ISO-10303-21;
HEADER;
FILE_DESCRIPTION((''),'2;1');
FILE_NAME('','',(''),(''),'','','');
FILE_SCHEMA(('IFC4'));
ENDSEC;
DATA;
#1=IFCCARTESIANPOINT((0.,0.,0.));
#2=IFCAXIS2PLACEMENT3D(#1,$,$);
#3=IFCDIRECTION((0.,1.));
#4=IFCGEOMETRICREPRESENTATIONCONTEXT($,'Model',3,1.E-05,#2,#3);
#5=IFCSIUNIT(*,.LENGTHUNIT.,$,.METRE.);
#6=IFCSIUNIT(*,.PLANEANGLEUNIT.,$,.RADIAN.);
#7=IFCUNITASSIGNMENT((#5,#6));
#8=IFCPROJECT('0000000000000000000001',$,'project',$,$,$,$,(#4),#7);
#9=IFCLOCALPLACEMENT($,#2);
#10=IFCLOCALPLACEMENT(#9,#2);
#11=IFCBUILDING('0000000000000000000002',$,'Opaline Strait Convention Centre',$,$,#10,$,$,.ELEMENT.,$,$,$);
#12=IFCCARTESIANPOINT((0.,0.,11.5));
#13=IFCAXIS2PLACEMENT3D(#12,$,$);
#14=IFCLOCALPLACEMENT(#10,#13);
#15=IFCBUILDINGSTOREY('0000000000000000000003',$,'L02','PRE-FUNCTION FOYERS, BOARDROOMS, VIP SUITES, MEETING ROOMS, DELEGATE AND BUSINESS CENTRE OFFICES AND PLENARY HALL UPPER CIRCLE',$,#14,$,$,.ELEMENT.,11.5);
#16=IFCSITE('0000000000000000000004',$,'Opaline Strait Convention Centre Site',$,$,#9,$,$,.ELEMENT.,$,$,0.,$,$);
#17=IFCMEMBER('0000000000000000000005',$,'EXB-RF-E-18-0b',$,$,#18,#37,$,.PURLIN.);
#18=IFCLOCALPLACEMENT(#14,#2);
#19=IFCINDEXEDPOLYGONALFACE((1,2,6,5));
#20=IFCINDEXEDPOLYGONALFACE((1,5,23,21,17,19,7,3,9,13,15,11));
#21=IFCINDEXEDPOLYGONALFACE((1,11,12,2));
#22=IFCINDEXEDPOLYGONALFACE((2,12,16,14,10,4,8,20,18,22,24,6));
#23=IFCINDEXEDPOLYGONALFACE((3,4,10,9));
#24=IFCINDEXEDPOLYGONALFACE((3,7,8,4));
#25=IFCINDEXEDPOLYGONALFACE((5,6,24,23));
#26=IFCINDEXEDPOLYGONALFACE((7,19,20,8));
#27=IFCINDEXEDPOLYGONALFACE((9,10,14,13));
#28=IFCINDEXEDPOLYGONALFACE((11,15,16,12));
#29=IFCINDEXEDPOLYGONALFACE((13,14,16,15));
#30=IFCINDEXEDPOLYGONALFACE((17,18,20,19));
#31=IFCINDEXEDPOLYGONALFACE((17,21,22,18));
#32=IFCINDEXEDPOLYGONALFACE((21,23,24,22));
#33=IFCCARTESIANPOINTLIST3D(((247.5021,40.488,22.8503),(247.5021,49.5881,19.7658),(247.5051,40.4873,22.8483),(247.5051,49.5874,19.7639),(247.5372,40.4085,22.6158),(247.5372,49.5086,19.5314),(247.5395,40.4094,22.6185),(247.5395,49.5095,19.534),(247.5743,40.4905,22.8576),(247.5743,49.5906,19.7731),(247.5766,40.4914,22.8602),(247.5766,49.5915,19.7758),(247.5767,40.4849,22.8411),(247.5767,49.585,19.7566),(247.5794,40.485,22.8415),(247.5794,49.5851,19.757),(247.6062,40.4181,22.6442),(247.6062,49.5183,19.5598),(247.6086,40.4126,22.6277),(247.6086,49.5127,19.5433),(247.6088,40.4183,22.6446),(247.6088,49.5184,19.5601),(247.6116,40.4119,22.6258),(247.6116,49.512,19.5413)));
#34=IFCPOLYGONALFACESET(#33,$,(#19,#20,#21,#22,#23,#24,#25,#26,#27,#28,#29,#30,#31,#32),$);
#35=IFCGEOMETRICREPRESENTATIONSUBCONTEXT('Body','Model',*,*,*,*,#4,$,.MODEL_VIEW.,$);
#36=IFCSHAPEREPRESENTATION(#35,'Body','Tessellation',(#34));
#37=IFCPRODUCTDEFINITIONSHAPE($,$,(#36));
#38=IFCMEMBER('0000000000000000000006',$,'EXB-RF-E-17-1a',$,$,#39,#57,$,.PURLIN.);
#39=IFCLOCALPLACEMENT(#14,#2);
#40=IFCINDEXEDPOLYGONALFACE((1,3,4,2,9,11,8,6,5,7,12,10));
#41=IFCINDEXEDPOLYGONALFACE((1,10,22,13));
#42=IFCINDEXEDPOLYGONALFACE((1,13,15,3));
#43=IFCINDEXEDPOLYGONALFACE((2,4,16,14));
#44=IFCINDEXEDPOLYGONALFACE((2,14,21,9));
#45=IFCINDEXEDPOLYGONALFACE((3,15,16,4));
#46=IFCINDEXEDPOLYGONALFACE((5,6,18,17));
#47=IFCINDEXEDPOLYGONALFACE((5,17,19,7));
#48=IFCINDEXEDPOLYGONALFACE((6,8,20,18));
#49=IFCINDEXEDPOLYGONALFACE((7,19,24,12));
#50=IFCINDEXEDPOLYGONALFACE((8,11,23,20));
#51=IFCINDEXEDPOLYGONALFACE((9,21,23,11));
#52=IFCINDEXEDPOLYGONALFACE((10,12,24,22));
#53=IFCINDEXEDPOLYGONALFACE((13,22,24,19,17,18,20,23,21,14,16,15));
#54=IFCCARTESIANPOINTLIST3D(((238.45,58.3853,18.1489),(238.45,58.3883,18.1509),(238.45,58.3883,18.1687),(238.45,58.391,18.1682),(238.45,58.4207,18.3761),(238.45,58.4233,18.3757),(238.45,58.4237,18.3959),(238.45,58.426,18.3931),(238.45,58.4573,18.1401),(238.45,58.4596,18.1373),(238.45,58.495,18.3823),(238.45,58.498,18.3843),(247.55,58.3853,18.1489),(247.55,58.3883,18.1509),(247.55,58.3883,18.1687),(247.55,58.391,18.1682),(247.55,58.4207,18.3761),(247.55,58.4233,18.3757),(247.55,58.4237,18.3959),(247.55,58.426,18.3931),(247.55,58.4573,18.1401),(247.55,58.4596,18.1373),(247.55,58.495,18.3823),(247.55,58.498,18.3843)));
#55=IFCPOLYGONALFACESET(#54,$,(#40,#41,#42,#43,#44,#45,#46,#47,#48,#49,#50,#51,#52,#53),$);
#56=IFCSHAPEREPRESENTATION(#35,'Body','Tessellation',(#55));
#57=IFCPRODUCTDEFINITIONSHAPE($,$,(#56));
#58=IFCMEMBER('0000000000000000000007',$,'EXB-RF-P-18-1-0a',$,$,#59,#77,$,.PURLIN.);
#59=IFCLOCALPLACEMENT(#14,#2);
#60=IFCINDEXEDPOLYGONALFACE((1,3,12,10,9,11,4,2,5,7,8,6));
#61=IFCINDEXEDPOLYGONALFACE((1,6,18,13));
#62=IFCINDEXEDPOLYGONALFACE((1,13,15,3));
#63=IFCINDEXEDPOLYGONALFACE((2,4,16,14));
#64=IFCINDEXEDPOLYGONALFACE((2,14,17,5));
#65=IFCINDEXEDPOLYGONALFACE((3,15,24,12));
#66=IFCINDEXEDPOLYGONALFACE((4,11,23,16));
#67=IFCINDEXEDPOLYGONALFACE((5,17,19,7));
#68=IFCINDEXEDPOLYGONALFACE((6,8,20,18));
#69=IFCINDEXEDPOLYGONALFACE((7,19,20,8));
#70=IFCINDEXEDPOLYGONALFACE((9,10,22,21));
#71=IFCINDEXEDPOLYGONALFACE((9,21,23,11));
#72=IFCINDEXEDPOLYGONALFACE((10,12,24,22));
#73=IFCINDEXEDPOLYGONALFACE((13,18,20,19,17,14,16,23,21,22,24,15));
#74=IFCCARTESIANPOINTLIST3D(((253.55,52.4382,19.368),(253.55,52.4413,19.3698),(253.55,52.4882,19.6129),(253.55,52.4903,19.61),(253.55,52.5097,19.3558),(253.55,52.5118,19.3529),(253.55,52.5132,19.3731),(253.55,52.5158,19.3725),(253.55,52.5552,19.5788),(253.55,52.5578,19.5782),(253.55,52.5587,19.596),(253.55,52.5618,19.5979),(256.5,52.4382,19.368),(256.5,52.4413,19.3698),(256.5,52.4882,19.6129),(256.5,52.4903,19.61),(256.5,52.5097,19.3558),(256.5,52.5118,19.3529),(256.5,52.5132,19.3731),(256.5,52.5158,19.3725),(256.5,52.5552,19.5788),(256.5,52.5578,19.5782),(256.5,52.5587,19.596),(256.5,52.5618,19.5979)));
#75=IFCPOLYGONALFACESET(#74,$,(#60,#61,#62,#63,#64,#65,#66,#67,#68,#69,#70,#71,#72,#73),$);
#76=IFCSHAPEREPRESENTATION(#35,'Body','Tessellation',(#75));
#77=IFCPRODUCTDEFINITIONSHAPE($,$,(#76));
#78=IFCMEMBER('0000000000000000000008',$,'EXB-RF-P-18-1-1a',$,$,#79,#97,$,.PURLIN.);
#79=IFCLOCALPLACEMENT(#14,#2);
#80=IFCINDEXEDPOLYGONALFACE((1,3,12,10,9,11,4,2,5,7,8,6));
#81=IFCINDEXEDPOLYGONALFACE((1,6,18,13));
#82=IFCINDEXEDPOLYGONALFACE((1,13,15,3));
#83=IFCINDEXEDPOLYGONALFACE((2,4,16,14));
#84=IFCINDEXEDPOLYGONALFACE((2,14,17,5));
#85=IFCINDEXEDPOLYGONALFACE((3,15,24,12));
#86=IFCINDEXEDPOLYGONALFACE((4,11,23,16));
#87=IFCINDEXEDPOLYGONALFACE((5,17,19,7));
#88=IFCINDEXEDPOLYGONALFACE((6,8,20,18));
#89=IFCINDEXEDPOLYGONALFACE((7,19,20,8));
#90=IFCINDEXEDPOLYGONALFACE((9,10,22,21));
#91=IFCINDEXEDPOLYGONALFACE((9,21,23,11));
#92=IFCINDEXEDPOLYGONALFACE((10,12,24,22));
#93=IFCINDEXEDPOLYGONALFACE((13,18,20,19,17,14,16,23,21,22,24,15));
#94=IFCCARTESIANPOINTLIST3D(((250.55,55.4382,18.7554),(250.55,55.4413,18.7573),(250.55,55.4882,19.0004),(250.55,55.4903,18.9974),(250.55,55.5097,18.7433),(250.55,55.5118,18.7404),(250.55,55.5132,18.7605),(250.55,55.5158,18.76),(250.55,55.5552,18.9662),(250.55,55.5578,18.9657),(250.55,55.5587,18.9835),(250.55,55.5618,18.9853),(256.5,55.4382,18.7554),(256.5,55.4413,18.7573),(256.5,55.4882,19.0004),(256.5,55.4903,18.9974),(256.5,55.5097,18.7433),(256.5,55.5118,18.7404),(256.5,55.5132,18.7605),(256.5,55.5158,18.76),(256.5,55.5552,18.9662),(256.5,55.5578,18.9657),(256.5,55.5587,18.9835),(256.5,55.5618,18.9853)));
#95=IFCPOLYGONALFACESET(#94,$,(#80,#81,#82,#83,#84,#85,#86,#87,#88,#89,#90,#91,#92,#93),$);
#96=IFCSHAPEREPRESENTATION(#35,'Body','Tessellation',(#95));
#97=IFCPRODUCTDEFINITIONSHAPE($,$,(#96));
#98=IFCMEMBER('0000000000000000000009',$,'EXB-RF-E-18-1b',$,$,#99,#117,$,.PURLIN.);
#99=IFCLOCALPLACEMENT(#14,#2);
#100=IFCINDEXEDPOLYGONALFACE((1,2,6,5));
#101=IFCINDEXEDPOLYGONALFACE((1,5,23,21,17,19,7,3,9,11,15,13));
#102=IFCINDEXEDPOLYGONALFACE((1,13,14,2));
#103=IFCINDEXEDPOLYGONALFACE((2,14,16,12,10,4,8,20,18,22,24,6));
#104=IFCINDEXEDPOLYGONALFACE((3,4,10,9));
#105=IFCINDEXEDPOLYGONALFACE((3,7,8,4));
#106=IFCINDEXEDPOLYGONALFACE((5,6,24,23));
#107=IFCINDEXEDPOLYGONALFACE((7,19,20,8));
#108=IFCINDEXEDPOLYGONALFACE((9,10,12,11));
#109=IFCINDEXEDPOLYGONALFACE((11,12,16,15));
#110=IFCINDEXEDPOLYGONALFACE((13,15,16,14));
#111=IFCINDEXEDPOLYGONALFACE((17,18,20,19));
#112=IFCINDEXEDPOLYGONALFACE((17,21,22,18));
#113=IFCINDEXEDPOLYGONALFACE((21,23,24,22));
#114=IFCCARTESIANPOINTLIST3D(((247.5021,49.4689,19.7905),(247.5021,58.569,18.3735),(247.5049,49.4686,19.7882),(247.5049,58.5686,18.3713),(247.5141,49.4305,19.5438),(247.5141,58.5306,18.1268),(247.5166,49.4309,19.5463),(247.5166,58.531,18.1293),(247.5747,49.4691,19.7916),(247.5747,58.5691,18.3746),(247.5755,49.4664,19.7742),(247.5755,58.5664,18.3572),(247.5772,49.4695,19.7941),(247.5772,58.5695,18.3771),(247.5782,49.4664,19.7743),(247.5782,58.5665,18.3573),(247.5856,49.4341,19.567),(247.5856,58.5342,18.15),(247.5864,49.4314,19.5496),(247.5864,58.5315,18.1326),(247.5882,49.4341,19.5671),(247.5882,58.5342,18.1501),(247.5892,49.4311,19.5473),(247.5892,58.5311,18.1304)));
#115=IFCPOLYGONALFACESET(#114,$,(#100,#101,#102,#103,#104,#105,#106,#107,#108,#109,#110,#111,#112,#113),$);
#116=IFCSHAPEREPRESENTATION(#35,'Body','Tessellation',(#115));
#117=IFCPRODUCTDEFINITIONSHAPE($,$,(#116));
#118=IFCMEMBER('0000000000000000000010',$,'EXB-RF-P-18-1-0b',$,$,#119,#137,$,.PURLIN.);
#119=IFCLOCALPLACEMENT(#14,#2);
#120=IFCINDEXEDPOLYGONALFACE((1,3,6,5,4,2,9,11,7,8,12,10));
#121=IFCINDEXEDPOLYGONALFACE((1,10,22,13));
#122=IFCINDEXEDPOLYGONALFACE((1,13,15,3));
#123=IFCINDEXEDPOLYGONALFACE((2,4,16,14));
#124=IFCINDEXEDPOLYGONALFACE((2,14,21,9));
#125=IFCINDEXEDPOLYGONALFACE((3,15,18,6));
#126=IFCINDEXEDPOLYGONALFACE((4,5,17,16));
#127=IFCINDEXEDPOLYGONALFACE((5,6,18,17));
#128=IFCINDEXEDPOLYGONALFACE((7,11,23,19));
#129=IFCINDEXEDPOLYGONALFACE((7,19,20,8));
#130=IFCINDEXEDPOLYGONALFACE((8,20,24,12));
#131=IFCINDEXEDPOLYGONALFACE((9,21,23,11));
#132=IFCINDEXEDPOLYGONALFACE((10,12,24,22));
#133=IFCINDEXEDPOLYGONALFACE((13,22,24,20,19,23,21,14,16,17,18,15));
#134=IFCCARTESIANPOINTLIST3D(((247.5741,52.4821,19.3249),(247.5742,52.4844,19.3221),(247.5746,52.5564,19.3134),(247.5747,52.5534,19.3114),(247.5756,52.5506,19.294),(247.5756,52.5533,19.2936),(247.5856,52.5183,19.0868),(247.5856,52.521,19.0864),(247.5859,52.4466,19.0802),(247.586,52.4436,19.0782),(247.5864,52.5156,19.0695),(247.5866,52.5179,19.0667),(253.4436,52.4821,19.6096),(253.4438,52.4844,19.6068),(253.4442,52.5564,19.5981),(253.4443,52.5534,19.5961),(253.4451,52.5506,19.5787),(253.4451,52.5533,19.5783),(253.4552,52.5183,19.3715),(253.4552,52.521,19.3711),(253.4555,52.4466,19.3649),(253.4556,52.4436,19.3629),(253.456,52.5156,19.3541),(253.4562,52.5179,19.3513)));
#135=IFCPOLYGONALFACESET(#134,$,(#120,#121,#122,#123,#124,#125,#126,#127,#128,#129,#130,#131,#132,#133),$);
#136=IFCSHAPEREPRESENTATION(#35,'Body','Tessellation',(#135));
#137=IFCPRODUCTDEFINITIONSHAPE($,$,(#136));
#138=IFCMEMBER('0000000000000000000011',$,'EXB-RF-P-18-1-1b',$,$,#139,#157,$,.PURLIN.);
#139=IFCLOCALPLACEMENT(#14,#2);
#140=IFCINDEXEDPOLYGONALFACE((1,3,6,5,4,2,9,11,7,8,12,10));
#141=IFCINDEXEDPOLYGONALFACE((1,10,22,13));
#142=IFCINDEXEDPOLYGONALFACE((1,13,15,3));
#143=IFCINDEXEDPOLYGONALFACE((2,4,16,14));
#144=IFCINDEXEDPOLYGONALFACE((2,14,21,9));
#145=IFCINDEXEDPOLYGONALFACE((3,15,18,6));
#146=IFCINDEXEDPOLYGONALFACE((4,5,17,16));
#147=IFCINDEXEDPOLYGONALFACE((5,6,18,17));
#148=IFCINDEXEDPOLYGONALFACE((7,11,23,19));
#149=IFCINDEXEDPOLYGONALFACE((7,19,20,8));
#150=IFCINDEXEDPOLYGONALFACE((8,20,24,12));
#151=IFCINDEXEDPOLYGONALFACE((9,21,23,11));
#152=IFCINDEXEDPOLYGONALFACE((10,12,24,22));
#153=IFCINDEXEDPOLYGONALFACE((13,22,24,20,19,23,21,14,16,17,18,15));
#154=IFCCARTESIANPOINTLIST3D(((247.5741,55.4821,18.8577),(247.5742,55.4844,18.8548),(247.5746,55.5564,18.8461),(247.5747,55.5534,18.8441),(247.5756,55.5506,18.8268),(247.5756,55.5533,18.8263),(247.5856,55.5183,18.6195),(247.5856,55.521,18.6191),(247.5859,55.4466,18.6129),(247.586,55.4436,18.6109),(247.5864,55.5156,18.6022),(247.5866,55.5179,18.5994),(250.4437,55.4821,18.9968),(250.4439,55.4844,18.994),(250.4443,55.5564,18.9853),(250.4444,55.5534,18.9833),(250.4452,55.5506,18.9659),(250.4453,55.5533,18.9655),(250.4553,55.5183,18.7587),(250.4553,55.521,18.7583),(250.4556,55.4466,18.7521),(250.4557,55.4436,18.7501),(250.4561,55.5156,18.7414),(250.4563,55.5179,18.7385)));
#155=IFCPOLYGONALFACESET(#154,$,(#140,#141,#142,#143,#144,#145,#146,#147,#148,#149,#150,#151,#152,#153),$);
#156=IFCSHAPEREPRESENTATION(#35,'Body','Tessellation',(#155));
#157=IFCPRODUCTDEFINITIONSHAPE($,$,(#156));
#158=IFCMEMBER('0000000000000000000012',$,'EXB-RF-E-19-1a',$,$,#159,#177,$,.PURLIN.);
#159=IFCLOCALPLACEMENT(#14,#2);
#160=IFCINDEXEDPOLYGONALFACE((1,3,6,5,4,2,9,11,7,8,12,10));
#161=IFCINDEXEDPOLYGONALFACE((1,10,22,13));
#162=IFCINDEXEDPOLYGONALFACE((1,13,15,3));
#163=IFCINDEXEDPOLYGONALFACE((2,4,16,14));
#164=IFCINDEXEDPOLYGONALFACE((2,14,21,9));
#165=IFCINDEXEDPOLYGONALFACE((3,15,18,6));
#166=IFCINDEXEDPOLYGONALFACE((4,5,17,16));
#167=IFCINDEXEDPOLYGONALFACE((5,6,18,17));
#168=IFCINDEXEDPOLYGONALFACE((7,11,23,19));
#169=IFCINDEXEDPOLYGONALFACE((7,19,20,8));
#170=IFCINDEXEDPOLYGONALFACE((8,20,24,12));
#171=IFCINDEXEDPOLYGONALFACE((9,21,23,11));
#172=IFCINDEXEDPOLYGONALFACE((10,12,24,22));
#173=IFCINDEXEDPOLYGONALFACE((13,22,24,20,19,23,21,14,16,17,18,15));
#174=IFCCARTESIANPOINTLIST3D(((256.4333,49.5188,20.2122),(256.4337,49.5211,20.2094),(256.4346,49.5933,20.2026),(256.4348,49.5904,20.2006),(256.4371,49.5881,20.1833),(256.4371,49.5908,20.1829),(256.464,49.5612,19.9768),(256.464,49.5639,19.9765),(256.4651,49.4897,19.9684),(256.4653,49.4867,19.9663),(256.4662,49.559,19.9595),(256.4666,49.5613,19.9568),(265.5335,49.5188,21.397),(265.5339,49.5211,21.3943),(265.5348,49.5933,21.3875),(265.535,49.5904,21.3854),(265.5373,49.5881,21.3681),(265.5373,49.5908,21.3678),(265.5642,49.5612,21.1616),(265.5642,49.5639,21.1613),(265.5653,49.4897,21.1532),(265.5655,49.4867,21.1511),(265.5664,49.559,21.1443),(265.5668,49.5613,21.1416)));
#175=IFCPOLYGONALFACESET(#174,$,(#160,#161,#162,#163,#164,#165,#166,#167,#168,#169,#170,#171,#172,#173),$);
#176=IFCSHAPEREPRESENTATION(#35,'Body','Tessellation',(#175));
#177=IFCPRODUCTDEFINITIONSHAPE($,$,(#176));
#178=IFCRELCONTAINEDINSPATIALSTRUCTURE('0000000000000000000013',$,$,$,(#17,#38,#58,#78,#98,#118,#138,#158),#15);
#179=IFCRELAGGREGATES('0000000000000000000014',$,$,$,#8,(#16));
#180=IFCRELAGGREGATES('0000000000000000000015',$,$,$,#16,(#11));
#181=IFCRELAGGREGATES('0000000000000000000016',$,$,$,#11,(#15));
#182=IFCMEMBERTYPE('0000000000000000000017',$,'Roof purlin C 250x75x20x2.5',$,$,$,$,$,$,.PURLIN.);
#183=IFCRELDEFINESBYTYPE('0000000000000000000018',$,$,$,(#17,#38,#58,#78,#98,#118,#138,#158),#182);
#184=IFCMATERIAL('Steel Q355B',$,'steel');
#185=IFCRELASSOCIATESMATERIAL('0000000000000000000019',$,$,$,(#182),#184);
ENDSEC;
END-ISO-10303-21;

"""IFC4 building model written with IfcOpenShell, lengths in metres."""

from ifc_helpers import new_model, si_unit, direction, frame, origin, place, context, subcontext, project, spatial, polyline, outline, extrude, material, material_profile, profile_set, type_object, element, save


model = new_model("IFC4")

# Units and contexts
model_context = context("Model", 3, precision=1e-05, world=origin(), true_north=direction((0.0, 1.0)))
body_context = subcontext(model_context, "Body", "Model", "MODEL_VIEW")
ifc_project = project(units=[si_unit("LENGTHUNIT", "METRE"), si_unit("PLANEANGLEUNIT", "RADIAN")], contexts=[model_context])

# Site, building, storey
site_placement = place(None, origin())
site = spatial("IfcSite", under=ifc_project, at=site_placement, Name="Opaline Strait Convention Centre Site", CompositionType="ELEMENT", RefElevation=0.0)
building_placement = place(site_placement, origin())
building = spatial("IfcBuilding", under=site, at=building_placement, Name="Opaline Strait Convention Centre", CompositionType="ELEMENT")
storey_placement = place(building_placement, frame((0.0, 0.0, 11.5)))
storey = spatial("IfcBuildingStorey", under=building, at=storey_placement, Name="L02", Description="PRE-FUNCTION FOYERS, BOARDROOMS, VIP SUITES, MEETING ROOMS, DELEGATE AND BUSINESS CENTRE OFFICES AND PLENARY HALL UPPER CIRCLE", CompositionType="ELEMENT", Elevation=11.5)

# Members
ifc_material_1 = material(Name="Steel Q355B", Category="steel")
ifc_material_profile_1 = material_profile(ifc_material_1, outline(polyline([(-0.0376, -0.125), (0.0376, -0.125), (0.0376, -0.105), (0.0349, -0.105), (0.0349, -0.1226), (-0.0349, -0.1226), (-0.0349, 0.1226), (0.0349, 0.1226), (0.0349, 0.105), (0.0376, 0.105), (0.0376, 0.125), (-0.0376, 0.125), (-0.0376, -0.125)])), Name="C 250x75x20x2.5")
ifc_profile_set_1 = profile_set([ifc_material_profile_1], Name="Steel Q355B")
member_type_1 = type_object("IfcMemberType", Name="Roof purlin C 250x75x20x2.5", PredefinedType="PURLIN", material=ifc_profile_set_1)
member_1_placement = place(storey_placement, frame((247.5569, 49.55, 19.6536), z_axis=(0.0, -0.947076, 0.321011), x_axis=(0.990137, 0.044975, 0.132688)))
element("IfcMember", 1, at=member_1_placement, inside=storey, type_object=member_type_1, Name="EXB-RF-E-18-0b", PredefinedType="PURLIN", context=body_context, shape_type="SweptSolid", body=[
    extrude(outline(polyline([(-0.0376, -0.125), (0.0376, -0.125), (0.0376, -0.105), (0.0349, -0.105), (0.0349, -0.1226), (-0.0349, -0.1226), (-0.0349, 0.1226), (0.0349, 0.1226), (0.0349, 0.105), (0.0376, 0.105), (0.0376, 0.125), (-0.0376, 0.125), (-0.0376, -0.125)])), origin(), (0.0, 0.0, 1.0), 9.6086),
])
member_2_placement = place(storey_placement, frame((247.55, 58.4417, 18.2666), z_axis=(-1.0, 0.0, 0.0), x_axis=(0.0, -0.988092, 0.153864)))
element("IfcMember", 2, at=member_2_placement, inside=storey, type_object=member_type_1, Name="EXB-RF-E-17-1a", PredefinedType="PURLIN", context=body_context, shape_type="SweptSolid", body=[
    extrude(outline(polyline([(-0.0376, -0.125), (0.0376, -0.125), (0.0376, -0.105), (0.0349, -0.105), (0.0349, -0.1226), (-0.0349, -0.1226), (-0.0349, 0.1226), (0.0349, 0.1226), (0.0349, 0.105), (0.0376, 0.105), (0.0376, 0.125), (-0.0376, 0.125), (-0.0376, -0.125)])), origin(), (0.0, 0.0, 1.0), 9.1001),
])
member_3_placement = place(storey_placement, frame((253.55, 52.5, 19.4829), z_axis=(1.0, 0.0, 0.0), x_axis=(0.0, 0.97978, -0.200078)))
element("IfcMember", 3, at=member_3_placement, inside=storey, type_object=member_type_1, Name="EXB-RF-P-18-1-0a", PredefinedType="PURLIN", context=body_context, shape_type="SweptSolid", body=[
    extrude(outline(polyline([(-0.0376, -0.125), (0.0376, -0.125), (0.0376, -0.105), (0.0349, -0.105), (0.0349, -0.1226), (-0.0349, -0.1226), (-0.0349, 0.1226), (0.0349, 0.1226), (0.0349, 0.105), (0.0376, 0.105), (0.0376, 0.125), (-0.0376, 0.125), (-0.0376, -0.125)])), origin(), (0.0, 0.0, 1.0), 2.95),
])
member_4_placement = place(storey_placement, frame((250.55, 55.5, 18.8704), z_axis=(1.0, 0.0, 0.0), x_axis=(0.0, 0.97978, -0.200078)))
element("IfcMember", 4, at=member_4_placement, inside=storey, type_object=member_type_1, Name="EXB-RF-P-18-1-1a", PredefinedType="PURLIN", context=body_context, shape_type="SweptSolid", body=[
    extrude(outline(polyline([(-0.0376, -0.125), (0.0376, -0.125), (0.0376, -0.105), (0.0349, -0.105), (0.0349, -0.1226), (-0.0349, -0.1226), (-0.0349, 0.1226), (0.0349, 0.1226), (0.0349, 0.105), (0.0376, 0.105), (0.0376, 0.125), (-0.0376, 0.125), (-0.0376, -0.125)])), origin(), (0.0, 0.0, 1.0), 5.95),
])
member_5_placement = place(storey_placement, frame((247.5457, 58.55, 18.252), z_axis=(0.0, -0.988093, 0.153858), x_axis=(0.998854, 0.007363, 0.047288)))
element("IfcMember", 5, at=member_5_placement, inside=storey, type_object=member_type_1, Name="EXB-RF-E-18-1b", PredefinedType="PURLIN", context=body_context, shape_type="SweptSolid", body=[
    extrude(outline(polyline([(-0.0376, -0.125), (0.0376, -0.125), (0.0376, -0.105), (0.0349, -0.105), (0.0349, -0.1226), (-0.0349, -0.1226), (-0.0349, 0.1226), (0.0349, 0.1226), (0.0349, 0.105), (0.0376, 0.105), (0.0376, 0.125), (-0.0376, 0.125), (-0.0376, -0.125)])), origin(), (0.0, 0.0, 1.0), 9.2097),
])
member_6_placement = place(storey_placement, frame((247.5803, 52.5, 19.1958), z_axis=(0.998826, 0.0, 0.048442), x_axis=(0.007453, 0.988092, -0.153683)))
element("IfcMember", 6, at=member_6_placement, inside=storey, type_object=member_type_1, Name="EXB-RF-P-18-1-0b", PredefinedType="PURLIN", context=body_context, shape_type="SweptSolid", body=[
    extrude(outline(polyline([(-0.0376, -0.125), (0.0376, -0.125), (0.0376, -0.105), (0.0349, -0.105), (0.0349, -0.1226), (-0.0349, -0.1226), (-0.0349, 0.1226), (0.0349, 0.1226), (0.0349, 0.105), (0.0376, 0.105), (0.0376, 0.125), (-0.0376, 0.125), (-0.0376, -0.125)])), origin(), (0.0, 0.0, 1.0), 5.8765),
])
member_7_placement = place(storey_placement, frame((247.5803, 55.5, 18.7285), z_axis=(0.998826, 0.0, 0.048437), x_axis=(0.007453, 0.988092, -0.153683)))
element("IfcMember", 7, at=member_7_placement, inside=storey, type_object=member_type_1, Name="EXB-RF-P-18-1-1b", PredefinedType="PURLIN", context=body_context, shape_type="SweptSolid", body=[
    extrude(outline(polyline([(-0.0376, -0.125), (0.0376, -0.125), (0.0376, -0.105), (0.0349, -0.105), (0.0349, -0.1226), (-0.0349, -0.1226), (-0.0349, 0.1226), (0.0349, 0.1226), (0.0349, 0.105), (0.0376, 0.105), (0.0376, 0.125), (-0.0376, 0.125), (-0.0376, -0.125)])), origin(), (0.0, 0.0, 1.0), 2.873),
])
member_8_placement = place(storey_placement, frame((256.45, 49.54, 20.0845), z_axis=(0.99163, 0.0, 0.129108), x_axis=(0.01653, 0.99177, -0.126961)))
element("IfcMember", 8, at=member_8_placement, inside=storey, type_object=member_type_1, Name="EXB-RF-E-19-1a", PredefinedType="PURLIN", context=body_context, shape_type="SweptSolid", body=[
    extrude(outline(polyline([(-0.0376, -0.125), (0.0376, -0.125), (0.0376, -0.105), (0.0349, -0.105), (0.0349, -0.1226), (-0.0349, -0.1226), (-0.0349, 0.1226), (0.0349, 0.1226), (0.0349, 0.105), (0.0376, 0.105), (0.0376, 0.125), (-0.0376, 0.125), (-0.0376, -0.125)])), origin(), (0.0, 0.0, 1.0), 9.177),
])

save(model, "model.ifc")
